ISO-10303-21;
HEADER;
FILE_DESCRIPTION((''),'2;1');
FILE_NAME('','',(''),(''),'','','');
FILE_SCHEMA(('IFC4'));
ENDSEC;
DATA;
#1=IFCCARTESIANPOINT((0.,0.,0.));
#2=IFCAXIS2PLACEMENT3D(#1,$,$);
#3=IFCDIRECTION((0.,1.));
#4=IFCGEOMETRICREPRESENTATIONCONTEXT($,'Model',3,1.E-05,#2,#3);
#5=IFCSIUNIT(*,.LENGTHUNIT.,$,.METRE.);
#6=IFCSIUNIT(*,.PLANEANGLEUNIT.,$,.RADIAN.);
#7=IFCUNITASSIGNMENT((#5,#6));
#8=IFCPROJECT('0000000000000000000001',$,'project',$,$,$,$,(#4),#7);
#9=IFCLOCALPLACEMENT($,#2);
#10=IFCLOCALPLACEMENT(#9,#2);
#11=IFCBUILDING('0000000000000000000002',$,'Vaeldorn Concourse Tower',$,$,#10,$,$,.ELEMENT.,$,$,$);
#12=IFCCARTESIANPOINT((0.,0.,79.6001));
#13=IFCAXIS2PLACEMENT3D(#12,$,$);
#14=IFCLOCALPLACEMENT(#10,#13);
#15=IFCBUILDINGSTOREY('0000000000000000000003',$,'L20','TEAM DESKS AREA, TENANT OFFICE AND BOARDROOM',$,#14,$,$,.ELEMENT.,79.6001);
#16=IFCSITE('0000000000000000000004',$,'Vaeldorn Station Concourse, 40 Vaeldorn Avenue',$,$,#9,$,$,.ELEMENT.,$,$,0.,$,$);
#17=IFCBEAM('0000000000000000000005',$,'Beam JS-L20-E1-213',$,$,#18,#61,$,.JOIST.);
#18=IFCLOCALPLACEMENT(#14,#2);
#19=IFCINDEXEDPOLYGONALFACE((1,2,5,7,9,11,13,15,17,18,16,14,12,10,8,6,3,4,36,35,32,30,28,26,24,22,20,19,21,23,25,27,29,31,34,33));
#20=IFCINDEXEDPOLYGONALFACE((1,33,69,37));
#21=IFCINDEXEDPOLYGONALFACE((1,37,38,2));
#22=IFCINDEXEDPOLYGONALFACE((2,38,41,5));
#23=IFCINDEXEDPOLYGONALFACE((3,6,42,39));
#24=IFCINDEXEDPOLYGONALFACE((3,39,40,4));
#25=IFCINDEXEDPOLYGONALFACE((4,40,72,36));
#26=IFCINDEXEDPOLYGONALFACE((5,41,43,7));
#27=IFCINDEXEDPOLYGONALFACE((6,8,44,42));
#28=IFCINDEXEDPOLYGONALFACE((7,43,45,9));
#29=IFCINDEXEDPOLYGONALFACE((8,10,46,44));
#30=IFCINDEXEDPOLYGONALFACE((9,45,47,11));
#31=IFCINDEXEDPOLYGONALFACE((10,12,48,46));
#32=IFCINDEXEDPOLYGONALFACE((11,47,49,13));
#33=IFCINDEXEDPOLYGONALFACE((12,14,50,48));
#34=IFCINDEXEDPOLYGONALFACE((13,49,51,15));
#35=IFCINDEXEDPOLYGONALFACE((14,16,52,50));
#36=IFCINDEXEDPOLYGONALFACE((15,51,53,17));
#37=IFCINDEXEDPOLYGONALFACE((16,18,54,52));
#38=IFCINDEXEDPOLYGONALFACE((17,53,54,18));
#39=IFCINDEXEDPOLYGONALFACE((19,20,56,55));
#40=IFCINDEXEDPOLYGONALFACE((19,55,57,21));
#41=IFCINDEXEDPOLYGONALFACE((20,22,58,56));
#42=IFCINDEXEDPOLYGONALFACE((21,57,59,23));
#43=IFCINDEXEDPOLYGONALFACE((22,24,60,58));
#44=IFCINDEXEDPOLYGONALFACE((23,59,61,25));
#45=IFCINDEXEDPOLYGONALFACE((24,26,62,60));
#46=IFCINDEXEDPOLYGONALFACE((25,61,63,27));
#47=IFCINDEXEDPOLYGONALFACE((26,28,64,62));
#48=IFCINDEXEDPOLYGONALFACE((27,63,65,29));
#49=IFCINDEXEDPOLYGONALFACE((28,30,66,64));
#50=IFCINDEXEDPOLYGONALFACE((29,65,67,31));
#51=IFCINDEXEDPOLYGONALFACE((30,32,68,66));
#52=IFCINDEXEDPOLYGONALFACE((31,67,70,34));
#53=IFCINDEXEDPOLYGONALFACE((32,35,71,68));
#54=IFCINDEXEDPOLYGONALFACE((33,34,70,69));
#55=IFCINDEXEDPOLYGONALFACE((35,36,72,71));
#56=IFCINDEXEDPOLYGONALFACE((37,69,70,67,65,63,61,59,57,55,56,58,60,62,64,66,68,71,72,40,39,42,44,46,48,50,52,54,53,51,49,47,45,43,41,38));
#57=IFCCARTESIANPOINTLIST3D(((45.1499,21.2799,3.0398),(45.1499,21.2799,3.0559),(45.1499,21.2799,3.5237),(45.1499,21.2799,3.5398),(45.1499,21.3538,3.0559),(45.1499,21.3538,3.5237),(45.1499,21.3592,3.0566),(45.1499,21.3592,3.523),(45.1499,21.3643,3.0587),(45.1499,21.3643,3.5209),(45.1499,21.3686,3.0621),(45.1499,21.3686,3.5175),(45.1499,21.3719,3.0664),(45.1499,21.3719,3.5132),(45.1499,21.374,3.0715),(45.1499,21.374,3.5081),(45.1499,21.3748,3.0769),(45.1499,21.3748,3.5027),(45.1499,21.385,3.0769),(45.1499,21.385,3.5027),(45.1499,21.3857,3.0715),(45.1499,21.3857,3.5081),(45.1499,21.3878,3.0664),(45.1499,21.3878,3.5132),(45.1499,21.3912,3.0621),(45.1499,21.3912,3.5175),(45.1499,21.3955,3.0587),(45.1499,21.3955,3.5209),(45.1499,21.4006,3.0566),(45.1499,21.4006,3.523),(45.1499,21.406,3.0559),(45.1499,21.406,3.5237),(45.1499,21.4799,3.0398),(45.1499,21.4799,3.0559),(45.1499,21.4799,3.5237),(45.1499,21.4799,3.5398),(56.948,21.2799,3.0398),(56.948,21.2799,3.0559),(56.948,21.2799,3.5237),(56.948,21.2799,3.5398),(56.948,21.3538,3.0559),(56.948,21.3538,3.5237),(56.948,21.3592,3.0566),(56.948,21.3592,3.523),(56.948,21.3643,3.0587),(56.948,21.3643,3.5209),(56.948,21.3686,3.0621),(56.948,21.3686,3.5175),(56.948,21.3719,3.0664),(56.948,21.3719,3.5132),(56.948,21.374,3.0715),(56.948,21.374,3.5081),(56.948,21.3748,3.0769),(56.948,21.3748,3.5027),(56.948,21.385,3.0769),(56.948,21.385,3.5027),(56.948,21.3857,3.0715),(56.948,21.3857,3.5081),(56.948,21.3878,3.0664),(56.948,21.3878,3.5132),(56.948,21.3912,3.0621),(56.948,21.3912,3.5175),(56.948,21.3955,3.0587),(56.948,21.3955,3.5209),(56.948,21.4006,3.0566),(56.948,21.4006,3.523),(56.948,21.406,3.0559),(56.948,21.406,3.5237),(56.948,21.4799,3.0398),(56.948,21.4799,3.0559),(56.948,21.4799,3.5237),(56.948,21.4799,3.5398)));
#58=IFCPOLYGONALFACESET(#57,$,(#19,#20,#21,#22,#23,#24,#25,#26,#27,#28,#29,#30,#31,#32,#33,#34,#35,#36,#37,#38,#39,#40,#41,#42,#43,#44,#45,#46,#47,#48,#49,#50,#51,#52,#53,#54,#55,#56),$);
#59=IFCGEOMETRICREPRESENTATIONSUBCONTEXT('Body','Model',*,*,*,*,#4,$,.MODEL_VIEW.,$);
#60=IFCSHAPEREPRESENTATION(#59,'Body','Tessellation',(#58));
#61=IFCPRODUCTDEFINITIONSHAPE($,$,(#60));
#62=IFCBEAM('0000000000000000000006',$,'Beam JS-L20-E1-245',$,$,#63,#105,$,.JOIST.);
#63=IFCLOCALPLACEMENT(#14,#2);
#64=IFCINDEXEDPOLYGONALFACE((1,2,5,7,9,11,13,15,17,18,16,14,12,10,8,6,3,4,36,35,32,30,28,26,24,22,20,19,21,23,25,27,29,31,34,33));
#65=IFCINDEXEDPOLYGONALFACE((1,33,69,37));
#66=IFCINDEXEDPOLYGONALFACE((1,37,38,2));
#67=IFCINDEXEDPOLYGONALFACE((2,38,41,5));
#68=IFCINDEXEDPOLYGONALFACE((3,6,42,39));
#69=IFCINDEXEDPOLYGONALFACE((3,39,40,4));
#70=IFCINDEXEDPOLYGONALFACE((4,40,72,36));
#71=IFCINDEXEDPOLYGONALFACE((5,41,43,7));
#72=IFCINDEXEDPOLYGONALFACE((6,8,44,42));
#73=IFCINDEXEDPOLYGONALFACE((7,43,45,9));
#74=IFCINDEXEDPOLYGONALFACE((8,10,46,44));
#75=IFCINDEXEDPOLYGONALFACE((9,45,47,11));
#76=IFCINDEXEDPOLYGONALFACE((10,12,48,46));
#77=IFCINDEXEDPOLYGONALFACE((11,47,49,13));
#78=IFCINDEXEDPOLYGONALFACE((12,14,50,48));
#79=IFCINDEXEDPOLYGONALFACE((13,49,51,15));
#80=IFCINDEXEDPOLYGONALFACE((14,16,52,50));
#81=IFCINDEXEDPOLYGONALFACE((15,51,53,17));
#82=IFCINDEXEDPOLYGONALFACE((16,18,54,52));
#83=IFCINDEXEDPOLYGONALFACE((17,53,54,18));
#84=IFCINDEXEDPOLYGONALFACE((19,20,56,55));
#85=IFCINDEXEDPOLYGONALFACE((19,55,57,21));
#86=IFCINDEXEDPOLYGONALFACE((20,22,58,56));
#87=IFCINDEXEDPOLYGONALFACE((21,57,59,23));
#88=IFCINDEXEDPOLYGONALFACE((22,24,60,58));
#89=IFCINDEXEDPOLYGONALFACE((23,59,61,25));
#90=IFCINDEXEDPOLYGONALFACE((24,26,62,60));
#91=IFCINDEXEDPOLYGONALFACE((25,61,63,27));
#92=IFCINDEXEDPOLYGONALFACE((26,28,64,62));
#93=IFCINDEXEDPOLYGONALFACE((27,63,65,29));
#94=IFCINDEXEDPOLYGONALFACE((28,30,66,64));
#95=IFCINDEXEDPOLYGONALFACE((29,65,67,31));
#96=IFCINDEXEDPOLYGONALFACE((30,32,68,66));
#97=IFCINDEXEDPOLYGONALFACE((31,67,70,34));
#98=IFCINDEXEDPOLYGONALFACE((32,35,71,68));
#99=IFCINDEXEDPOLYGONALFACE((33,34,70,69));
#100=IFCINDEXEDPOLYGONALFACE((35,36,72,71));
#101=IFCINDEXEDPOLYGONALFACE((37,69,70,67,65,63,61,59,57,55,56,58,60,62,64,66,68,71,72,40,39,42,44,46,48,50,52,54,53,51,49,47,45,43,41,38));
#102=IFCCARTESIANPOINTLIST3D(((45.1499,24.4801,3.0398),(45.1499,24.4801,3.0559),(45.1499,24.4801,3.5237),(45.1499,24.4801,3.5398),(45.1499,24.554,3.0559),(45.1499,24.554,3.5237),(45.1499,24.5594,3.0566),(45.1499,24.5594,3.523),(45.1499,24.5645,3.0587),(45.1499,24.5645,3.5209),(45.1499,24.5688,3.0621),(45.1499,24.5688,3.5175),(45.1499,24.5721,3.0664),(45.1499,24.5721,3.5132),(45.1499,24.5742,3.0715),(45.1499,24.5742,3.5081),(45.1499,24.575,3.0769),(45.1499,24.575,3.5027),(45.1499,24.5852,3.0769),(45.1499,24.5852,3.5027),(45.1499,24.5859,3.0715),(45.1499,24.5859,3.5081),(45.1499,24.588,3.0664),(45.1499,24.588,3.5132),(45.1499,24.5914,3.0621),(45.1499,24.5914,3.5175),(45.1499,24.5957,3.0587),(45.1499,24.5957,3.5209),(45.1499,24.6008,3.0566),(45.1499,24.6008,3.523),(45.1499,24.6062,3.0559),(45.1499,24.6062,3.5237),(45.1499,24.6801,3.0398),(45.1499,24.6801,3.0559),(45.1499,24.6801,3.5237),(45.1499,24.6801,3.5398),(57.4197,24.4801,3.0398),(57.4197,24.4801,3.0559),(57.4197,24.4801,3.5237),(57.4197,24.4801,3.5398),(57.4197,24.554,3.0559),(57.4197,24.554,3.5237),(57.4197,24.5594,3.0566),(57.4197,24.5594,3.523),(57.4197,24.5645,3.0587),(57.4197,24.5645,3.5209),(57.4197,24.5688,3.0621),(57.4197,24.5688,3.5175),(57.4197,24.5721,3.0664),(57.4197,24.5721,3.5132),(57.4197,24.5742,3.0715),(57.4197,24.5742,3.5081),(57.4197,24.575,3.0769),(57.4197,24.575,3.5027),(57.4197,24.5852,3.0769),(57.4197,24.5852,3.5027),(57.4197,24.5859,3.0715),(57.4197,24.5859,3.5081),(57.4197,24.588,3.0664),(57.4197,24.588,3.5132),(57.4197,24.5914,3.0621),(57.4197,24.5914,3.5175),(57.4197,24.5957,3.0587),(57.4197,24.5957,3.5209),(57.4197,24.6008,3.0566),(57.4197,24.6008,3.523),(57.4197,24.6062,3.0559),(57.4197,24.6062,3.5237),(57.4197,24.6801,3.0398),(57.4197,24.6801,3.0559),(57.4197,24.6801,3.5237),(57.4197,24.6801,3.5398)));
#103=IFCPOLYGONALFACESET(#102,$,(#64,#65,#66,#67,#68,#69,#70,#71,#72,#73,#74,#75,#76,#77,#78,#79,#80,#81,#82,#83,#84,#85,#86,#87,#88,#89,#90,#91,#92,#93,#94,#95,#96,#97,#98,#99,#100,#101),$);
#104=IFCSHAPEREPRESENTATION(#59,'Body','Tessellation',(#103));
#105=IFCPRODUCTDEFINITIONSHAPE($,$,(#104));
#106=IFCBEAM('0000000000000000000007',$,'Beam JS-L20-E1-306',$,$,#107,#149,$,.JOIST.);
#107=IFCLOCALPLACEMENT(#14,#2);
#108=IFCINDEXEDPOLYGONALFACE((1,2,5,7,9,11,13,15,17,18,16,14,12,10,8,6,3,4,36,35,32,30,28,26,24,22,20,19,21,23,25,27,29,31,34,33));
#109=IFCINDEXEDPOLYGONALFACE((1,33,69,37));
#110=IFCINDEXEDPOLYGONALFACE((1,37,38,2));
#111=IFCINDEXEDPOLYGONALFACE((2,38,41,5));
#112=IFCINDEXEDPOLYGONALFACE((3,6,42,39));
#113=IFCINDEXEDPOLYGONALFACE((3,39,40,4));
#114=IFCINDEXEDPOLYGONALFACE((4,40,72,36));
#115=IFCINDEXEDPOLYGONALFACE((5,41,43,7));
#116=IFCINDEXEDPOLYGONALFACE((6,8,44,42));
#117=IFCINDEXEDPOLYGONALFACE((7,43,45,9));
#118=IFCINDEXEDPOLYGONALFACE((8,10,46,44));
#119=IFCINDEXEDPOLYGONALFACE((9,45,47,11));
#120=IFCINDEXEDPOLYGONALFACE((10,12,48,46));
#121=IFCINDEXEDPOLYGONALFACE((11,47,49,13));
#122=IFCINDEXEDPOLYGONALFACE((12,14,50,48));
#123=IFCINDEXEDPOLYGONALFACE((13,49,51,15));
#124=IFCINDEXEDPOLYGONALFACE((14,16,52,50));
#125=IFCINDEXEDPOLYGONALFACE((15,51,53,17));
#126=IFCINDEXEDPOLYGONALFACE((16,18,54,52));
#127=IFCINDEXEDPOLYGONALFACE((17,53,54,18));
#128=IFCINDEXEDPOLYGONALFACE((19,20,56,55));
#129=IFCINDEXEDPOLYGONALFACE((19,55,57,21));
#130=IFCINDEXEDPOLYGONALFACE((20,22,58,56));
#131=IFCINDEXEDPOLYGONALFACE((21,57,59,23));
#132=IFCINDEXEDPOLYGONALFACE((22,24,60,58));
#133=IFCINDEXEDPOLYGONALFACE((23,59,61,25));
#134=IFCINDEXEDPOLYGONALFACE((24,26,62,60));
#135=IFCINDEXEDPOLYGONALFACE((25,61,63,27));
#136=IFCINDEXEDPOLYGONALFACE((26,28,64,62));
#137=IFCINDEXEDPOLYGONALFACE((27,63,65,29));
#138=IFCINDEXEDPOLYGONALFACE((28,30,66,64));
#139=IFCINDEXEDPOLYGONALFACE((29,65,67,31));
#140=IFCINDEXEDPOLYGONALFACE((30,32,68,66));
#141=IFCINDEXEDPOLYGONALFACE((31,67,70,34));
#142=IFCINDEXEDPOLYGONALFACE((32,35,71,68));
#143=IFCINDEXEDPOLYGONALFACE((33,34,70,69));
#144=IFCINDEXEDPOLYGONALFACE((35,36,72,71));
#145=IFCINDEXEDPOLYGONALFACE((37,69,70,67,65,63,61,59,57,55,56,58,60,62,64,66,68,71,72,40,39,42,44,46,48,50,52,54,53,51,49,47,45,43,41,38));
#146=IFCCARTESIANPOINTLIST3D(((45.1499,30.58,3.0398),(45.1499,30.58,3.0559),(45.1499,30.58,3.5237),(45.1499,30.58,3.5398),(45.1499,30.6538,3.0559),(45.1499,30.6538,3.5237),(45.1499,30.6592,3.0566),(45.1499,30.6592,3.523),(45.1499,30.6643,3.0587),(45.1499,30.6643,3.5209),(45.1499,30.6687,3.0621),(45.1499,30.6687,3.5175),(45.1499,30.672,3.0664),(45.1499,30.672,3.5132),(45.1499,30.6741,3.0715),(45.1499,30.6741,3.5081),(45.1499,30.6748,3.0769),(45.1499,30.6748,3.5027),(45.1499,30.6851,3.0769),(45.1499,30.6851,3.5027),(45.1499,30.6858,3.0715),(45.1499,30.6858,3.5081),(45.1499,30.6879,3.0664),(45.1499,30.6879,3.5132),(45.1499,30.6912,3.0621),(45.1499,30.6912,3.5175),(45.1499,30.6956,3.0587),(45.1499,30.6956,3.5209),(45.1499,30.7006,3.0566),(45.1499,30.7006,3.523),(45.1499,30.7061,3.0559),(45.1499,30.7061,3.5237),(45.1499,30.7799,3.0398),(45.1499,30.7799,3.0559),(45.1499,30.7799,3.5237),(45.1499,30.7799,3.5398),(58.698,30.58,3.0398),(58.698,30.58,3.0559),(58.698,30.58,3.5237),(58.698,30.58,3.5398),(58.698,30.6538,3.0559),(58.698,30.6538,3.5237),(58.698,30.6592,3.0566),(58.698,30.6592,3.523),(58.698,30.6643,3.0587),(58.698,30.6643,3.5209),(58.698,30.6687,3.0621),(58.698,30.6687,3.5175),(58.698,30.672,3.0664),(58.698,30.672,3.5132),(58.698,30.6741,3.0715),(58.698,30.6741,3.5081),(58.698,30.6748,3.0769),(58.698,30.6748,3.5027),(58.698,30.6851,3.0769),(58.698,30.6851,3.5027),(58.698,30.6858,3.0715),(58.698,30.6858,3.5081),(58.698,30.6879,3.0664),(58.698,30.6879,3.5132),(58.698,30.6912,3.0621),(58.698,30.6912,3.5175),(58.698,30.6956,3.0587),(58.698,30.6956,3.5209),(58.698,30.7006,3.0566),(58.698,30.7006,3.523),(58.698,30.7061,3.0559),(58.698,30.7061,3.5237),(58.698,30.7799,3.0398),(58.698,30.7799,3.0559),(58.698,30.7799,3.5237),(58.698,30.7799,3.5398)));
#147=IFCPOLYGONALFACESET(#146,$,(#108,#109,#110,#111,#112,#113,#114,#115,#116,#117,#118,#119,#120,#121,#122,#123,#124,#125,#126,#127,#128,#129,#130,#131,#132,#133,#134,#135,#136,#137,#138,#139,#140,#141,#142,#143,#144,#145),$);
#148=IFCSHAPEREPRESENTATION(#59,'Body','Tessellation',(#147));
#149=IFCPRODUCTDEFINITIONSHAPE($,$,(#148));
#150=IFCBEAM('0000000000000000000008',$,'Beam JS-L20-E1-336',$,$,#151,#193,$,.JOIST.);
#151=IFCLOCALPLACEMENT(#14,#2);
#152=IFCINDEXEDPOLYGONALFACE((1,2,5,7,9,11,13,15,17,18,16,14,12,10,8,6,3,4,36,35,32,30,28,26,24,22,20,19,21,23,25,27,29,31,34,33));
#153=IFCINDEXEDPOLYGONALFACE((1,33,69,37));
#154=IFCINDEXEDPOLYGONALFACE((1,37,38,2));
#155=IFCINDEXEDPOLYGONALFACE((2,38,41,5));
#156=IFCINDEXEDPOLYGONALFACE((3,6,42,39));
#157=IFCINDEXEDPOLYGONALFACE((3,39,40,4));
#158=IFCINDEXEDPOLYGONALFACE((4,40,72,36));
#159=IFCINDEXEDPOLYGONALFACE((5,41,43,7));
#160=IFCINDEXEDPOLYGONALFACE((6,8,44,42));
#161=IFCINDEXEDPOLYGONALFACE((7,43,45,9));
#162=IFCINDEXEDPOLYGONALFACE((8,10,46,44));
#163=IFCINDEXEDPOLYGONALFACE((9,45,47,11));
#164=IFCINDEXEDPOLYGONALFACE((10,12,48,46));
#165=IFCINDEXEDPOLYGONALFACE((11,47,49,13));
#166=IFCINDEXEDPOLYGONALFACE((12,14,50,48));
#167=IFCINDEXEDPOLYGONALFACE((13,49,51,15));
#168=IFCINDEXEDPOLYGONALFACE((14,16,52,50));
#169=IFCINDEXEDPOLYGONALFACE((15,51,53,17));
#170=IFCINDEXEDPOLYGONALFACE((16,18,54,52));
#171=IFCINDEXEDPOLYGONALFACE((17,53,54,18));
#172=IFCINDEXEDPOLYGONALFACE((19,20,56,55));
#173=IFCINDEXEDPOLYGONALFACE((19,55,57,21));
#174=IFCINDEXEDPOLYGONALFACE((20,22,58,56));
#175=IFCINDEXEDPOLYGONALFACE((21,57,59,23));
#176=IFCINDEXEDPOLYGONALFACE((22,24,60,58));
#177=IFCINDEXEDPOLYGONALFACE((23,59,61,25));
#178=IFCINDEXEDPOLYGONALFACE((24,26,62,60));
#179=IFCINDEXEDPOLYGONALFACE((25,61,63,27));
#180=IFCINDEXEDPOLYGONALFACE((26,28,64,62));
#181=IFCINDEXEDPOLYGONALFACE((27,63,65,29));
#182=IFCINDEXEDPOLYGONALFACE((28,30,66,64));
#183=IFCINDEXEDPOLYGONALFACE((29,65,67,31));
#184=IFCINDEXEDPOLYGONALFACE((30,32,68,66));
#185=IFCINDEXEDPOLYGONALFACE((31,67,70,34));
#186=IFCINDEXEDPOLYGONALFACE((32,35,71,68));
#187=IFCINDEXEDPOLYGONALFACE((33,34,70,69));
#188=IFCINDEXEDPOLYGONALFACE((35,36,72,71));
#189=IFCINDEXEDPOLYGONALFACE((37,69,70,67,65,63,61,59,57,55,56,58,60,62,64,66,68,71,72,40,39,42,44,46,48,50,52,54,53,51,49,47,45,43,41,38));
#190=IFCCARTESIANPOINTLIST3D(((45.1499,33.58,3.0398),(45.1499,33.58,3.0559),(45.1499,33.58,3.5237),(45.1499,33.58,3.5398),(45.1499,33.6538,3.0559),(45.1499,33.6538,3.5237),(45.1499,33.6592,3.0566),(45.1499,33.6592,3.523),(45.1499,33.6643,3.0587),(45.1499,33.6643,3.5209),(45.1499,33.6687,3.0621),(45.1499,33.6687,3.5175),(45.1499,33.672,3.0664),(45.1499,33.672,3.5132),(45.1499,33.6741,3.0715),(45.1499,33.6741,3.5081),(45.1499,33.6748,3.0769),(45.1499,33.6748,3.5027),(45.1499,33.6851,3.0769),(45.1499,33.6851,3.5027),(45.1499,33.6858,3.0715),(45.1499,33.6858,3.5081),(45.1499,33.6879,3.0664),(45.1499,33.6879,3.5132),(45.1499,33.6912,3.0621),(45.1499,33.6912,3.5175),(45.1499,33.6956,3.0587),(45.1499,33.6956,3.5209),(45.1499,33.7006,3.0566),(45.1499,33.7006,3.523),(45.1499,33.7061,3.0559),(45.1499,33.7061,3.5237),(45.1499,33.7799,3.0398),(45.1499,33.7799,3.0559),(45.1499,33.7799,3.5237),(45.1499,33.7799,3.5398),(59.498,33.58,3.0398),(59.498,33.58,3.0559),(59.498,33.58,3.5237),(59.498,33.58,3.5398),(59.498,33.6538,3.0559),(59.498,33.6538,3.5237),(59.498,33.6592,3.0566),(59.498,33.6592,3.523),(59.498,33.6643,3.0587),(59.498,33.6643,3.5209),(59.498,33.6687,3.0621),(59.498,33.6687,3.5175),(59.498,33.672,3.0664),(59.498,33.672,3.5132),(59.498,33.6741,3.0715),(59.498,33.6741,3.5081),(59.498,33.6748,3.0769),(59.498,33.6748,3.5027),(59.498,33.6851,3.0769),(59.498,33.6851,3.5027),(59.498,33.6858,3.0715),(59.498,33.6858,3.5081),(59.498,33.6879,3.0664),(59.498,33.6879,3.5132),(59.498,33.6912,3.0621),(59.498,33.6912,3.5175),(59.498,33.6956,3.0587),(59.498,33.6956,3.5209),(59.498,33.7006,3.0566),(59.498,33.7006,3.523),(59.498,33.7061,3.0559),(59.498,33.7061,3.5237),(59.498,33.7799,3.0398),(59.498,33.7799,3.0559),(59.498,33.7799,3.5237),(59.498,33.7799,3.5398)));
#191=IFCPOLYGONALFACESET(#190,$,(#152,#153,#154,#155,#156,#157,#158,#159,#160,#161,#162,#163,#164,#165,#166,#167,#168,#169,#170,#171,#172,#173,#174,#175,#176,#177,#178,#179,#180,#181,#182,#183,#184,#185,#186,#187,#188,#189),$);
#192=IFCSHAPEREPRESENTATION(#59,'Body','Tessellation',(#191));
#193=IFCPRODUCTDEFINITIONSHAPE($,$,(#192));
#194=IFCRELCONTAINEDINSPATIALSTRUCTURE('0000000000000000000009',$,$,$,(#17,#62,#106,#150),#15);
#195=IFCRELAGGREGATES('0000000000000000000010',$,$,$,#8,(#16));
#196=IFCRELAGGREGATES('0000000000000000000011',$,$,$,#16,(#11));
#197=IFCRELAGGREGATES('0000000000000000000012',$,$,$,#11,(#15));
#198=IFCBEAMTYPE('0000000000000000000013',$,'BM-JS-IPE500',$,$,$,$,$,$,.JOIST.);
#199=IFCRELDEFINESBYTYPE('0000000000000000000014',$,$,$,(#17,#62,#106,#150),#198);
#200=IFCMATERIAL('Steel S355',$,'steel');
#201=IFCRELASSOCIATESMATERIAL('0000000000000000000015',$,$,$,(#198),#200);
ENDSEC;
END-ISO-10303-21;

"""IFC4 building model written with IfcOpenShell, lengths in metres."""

from ifc_helpers import new_model, si_unit, direction, frame, origin, origin_2d, place, context, subcontext, project, spatial, i_section, extrude, source, transform, mapped, material, material_profile, profile_set, type_object, element, save


model = new_model("IFC4")

# Units and contexts
model_context = context("Model", 3, precision=1e-05, world=origin(), true_north=direction((0.0, 1.0)))
body_context = subcontext(model_context, "Body", "Model", "MODEL_VIEW")
ifc_project = project(units=[si_unit("LENGTHUNIT", "METRE"), si_unit("PLANEANGLEUNIT", "RADIAN")], contexts=[model_context])

# Site, building, storey
site_placement = place(None, origin())
site = spatial("IfcSite", under=ifc_project, at=site_placement, Name="Vaeldorn Station Concourse, 40 Vaeldorn Avenue", CompositionType="ELEMENT", RefElevation=0.0)
building_placement = place(site_placement, origin())
building = spatial("IfcBuilding", under=site, at=building_placement, Name="Vaeldorn Concourse Tower", CompositionType="ELEMENT")
storey_placement = place(building_placement, frame((0.0, 0.0, 79.6001)))
storey = spatial("IfcBuildingStorey", under=building, at=storey_placement, Name="L20", Description="TEAM DESKS AREA, TENANT OFFICE AND BOARDROOM", CompositionType="ELEMENT", Elevation=79.6001)

# Beams
ifc_material_1 = material(Name="Steel S355", Category="steel")
ifc_material_profile_1 = material_profile(ifc_material_1, i_section(OverallWidth=0.2, OverallDepth=0.5, WebThickness=0.0103, FlangeThickness=0.0161, FilletRadius=0.021, at=origin_2d()), Name="IPE 500")
ifc_profile_set_1 = profile_set([ifc_material_profile_1], Name="Steel S355")
beam_type_1 = type_object("IfcBeamType", Name="BM-JS-IPE500", PredefinedType="JOIST", material=ifc_profile_set_1)
shared_shape_1 = source(origin(), body_context, "Body", "SweptSolid", [
    extrude(i_section(OverallWidth=0.2, OverallDepth=0.5, WebThickness=0.0103, FlangeThickness=0.0161, FilletRadius=0.021, at=origin_2d()), origin(), (0.0, 0.0, 1.0), 11.7981),
])
beam_1_placement = place(storey_placement, frame((45.1499, 21.3799, 3.2898), z_axis=(1.0, 0.0, 0.0), x_axis=(0.0, 1.0, 0.0)))
element("IfcBeam", 1, at=beam_1_placement, inside=storey, type_object=beam_type_1, Name="Beam JS-L20-E1-213", PredefinedType="JOIST", context=body_context, shape_type="MappedRepresentation", body=[
    mapped(shared_shape_1, transform((0.0, 0.0, 0.0), scale=1.0)),
])
shared_shape_2 = source(origin(), body_context, "Body", "SweptSolid", [
    extrude(i_section(OverallWidth=0.2, OverallDepth=0.5, WebThickness=0.0103, FlangeThickness=0.0161, FilletRadius=0.021, at=origin_2d()), origin(), (0.0, 0.0, 1.0), 12.2698),
])
beam_2_placement = place(storey_placement, frame((45.1499, 24.5801, 3.2898), z_axis=(1.0, 0.0, 0.0), x_axis=(0.0, 1.0, 0.0)))
element("IfcBeam", 2, at=beam_2_placement, inside=storey, type_object=beam_type_1, Name="Beam JS-L20-E1-245", PredefinedType="JOIST", context=body_context, shape_type="MappedRepresentation", body=[
    mapped(shared_shape_2, transform((0.0, 0.0, 0.0), scale=1.0)),
])
shared_shape_3 = source(origin(), body_context, "Body", "SweptSolid", [
    extrude(i_section(OverallWidth=0.2, OverallDepth=0.5, WebThickness=0.0103, FlangeThickness=0.0161, FilletRadius=0.021, at=origin_2d()), origin(), (0.0, 0.0, 1.0), 13.5481),
])
beam_3_placement = place(storey_placement, frame((45.1499, 30.6799, 3.2898), z_axis=(1.0, 0.0, 0.0), x_axis=(0.0, 1.0, 0.0)))
element("IfcBeam", 3, at=beam_3_placement, inside=storey, type_object=beam_type_1, Name="Beam JS-L20-E1-306", PredefinedType="JOIST", context=body_context, shape_type="MappedRepresentation", body=[
    mapped(shared_shape_3, transform((0.0, 0.0, 0.0), scale=1.0)),
])
shared_shape_4 = source(origin(), body_context, "Body", "SweptSolid", [
    extrude(i_section(OverallWidth=0.2, OverallDepth=0.5, WebThickness=0.0103, FlangeThickness=0.0161, FilletRadius=0.021, at=origin_2d()), origin(), (0.0, 0.0, 1.0), 14.3481),
])
beam_4_placement = place(storey_placement, frame((45.1499, 33.6799, 3.2898), z_axis=(1.0, 0.0, 0.0), x_axis=(0.0, 1.0, 0.0)))
element("IfcBeam", 4, at=beam_4_placement, inside=storey, type_object=beam_type_1, Name="Beam JS-L20-E1-336", PredefinedType="JOIST", context=body_context, shape_type="MappedRepresentation", body=[
    mapped(shared_shape_4, transform((0.0, 0.0, 0.0), scale=1.0)),
])

save(model, "model.ifc")
